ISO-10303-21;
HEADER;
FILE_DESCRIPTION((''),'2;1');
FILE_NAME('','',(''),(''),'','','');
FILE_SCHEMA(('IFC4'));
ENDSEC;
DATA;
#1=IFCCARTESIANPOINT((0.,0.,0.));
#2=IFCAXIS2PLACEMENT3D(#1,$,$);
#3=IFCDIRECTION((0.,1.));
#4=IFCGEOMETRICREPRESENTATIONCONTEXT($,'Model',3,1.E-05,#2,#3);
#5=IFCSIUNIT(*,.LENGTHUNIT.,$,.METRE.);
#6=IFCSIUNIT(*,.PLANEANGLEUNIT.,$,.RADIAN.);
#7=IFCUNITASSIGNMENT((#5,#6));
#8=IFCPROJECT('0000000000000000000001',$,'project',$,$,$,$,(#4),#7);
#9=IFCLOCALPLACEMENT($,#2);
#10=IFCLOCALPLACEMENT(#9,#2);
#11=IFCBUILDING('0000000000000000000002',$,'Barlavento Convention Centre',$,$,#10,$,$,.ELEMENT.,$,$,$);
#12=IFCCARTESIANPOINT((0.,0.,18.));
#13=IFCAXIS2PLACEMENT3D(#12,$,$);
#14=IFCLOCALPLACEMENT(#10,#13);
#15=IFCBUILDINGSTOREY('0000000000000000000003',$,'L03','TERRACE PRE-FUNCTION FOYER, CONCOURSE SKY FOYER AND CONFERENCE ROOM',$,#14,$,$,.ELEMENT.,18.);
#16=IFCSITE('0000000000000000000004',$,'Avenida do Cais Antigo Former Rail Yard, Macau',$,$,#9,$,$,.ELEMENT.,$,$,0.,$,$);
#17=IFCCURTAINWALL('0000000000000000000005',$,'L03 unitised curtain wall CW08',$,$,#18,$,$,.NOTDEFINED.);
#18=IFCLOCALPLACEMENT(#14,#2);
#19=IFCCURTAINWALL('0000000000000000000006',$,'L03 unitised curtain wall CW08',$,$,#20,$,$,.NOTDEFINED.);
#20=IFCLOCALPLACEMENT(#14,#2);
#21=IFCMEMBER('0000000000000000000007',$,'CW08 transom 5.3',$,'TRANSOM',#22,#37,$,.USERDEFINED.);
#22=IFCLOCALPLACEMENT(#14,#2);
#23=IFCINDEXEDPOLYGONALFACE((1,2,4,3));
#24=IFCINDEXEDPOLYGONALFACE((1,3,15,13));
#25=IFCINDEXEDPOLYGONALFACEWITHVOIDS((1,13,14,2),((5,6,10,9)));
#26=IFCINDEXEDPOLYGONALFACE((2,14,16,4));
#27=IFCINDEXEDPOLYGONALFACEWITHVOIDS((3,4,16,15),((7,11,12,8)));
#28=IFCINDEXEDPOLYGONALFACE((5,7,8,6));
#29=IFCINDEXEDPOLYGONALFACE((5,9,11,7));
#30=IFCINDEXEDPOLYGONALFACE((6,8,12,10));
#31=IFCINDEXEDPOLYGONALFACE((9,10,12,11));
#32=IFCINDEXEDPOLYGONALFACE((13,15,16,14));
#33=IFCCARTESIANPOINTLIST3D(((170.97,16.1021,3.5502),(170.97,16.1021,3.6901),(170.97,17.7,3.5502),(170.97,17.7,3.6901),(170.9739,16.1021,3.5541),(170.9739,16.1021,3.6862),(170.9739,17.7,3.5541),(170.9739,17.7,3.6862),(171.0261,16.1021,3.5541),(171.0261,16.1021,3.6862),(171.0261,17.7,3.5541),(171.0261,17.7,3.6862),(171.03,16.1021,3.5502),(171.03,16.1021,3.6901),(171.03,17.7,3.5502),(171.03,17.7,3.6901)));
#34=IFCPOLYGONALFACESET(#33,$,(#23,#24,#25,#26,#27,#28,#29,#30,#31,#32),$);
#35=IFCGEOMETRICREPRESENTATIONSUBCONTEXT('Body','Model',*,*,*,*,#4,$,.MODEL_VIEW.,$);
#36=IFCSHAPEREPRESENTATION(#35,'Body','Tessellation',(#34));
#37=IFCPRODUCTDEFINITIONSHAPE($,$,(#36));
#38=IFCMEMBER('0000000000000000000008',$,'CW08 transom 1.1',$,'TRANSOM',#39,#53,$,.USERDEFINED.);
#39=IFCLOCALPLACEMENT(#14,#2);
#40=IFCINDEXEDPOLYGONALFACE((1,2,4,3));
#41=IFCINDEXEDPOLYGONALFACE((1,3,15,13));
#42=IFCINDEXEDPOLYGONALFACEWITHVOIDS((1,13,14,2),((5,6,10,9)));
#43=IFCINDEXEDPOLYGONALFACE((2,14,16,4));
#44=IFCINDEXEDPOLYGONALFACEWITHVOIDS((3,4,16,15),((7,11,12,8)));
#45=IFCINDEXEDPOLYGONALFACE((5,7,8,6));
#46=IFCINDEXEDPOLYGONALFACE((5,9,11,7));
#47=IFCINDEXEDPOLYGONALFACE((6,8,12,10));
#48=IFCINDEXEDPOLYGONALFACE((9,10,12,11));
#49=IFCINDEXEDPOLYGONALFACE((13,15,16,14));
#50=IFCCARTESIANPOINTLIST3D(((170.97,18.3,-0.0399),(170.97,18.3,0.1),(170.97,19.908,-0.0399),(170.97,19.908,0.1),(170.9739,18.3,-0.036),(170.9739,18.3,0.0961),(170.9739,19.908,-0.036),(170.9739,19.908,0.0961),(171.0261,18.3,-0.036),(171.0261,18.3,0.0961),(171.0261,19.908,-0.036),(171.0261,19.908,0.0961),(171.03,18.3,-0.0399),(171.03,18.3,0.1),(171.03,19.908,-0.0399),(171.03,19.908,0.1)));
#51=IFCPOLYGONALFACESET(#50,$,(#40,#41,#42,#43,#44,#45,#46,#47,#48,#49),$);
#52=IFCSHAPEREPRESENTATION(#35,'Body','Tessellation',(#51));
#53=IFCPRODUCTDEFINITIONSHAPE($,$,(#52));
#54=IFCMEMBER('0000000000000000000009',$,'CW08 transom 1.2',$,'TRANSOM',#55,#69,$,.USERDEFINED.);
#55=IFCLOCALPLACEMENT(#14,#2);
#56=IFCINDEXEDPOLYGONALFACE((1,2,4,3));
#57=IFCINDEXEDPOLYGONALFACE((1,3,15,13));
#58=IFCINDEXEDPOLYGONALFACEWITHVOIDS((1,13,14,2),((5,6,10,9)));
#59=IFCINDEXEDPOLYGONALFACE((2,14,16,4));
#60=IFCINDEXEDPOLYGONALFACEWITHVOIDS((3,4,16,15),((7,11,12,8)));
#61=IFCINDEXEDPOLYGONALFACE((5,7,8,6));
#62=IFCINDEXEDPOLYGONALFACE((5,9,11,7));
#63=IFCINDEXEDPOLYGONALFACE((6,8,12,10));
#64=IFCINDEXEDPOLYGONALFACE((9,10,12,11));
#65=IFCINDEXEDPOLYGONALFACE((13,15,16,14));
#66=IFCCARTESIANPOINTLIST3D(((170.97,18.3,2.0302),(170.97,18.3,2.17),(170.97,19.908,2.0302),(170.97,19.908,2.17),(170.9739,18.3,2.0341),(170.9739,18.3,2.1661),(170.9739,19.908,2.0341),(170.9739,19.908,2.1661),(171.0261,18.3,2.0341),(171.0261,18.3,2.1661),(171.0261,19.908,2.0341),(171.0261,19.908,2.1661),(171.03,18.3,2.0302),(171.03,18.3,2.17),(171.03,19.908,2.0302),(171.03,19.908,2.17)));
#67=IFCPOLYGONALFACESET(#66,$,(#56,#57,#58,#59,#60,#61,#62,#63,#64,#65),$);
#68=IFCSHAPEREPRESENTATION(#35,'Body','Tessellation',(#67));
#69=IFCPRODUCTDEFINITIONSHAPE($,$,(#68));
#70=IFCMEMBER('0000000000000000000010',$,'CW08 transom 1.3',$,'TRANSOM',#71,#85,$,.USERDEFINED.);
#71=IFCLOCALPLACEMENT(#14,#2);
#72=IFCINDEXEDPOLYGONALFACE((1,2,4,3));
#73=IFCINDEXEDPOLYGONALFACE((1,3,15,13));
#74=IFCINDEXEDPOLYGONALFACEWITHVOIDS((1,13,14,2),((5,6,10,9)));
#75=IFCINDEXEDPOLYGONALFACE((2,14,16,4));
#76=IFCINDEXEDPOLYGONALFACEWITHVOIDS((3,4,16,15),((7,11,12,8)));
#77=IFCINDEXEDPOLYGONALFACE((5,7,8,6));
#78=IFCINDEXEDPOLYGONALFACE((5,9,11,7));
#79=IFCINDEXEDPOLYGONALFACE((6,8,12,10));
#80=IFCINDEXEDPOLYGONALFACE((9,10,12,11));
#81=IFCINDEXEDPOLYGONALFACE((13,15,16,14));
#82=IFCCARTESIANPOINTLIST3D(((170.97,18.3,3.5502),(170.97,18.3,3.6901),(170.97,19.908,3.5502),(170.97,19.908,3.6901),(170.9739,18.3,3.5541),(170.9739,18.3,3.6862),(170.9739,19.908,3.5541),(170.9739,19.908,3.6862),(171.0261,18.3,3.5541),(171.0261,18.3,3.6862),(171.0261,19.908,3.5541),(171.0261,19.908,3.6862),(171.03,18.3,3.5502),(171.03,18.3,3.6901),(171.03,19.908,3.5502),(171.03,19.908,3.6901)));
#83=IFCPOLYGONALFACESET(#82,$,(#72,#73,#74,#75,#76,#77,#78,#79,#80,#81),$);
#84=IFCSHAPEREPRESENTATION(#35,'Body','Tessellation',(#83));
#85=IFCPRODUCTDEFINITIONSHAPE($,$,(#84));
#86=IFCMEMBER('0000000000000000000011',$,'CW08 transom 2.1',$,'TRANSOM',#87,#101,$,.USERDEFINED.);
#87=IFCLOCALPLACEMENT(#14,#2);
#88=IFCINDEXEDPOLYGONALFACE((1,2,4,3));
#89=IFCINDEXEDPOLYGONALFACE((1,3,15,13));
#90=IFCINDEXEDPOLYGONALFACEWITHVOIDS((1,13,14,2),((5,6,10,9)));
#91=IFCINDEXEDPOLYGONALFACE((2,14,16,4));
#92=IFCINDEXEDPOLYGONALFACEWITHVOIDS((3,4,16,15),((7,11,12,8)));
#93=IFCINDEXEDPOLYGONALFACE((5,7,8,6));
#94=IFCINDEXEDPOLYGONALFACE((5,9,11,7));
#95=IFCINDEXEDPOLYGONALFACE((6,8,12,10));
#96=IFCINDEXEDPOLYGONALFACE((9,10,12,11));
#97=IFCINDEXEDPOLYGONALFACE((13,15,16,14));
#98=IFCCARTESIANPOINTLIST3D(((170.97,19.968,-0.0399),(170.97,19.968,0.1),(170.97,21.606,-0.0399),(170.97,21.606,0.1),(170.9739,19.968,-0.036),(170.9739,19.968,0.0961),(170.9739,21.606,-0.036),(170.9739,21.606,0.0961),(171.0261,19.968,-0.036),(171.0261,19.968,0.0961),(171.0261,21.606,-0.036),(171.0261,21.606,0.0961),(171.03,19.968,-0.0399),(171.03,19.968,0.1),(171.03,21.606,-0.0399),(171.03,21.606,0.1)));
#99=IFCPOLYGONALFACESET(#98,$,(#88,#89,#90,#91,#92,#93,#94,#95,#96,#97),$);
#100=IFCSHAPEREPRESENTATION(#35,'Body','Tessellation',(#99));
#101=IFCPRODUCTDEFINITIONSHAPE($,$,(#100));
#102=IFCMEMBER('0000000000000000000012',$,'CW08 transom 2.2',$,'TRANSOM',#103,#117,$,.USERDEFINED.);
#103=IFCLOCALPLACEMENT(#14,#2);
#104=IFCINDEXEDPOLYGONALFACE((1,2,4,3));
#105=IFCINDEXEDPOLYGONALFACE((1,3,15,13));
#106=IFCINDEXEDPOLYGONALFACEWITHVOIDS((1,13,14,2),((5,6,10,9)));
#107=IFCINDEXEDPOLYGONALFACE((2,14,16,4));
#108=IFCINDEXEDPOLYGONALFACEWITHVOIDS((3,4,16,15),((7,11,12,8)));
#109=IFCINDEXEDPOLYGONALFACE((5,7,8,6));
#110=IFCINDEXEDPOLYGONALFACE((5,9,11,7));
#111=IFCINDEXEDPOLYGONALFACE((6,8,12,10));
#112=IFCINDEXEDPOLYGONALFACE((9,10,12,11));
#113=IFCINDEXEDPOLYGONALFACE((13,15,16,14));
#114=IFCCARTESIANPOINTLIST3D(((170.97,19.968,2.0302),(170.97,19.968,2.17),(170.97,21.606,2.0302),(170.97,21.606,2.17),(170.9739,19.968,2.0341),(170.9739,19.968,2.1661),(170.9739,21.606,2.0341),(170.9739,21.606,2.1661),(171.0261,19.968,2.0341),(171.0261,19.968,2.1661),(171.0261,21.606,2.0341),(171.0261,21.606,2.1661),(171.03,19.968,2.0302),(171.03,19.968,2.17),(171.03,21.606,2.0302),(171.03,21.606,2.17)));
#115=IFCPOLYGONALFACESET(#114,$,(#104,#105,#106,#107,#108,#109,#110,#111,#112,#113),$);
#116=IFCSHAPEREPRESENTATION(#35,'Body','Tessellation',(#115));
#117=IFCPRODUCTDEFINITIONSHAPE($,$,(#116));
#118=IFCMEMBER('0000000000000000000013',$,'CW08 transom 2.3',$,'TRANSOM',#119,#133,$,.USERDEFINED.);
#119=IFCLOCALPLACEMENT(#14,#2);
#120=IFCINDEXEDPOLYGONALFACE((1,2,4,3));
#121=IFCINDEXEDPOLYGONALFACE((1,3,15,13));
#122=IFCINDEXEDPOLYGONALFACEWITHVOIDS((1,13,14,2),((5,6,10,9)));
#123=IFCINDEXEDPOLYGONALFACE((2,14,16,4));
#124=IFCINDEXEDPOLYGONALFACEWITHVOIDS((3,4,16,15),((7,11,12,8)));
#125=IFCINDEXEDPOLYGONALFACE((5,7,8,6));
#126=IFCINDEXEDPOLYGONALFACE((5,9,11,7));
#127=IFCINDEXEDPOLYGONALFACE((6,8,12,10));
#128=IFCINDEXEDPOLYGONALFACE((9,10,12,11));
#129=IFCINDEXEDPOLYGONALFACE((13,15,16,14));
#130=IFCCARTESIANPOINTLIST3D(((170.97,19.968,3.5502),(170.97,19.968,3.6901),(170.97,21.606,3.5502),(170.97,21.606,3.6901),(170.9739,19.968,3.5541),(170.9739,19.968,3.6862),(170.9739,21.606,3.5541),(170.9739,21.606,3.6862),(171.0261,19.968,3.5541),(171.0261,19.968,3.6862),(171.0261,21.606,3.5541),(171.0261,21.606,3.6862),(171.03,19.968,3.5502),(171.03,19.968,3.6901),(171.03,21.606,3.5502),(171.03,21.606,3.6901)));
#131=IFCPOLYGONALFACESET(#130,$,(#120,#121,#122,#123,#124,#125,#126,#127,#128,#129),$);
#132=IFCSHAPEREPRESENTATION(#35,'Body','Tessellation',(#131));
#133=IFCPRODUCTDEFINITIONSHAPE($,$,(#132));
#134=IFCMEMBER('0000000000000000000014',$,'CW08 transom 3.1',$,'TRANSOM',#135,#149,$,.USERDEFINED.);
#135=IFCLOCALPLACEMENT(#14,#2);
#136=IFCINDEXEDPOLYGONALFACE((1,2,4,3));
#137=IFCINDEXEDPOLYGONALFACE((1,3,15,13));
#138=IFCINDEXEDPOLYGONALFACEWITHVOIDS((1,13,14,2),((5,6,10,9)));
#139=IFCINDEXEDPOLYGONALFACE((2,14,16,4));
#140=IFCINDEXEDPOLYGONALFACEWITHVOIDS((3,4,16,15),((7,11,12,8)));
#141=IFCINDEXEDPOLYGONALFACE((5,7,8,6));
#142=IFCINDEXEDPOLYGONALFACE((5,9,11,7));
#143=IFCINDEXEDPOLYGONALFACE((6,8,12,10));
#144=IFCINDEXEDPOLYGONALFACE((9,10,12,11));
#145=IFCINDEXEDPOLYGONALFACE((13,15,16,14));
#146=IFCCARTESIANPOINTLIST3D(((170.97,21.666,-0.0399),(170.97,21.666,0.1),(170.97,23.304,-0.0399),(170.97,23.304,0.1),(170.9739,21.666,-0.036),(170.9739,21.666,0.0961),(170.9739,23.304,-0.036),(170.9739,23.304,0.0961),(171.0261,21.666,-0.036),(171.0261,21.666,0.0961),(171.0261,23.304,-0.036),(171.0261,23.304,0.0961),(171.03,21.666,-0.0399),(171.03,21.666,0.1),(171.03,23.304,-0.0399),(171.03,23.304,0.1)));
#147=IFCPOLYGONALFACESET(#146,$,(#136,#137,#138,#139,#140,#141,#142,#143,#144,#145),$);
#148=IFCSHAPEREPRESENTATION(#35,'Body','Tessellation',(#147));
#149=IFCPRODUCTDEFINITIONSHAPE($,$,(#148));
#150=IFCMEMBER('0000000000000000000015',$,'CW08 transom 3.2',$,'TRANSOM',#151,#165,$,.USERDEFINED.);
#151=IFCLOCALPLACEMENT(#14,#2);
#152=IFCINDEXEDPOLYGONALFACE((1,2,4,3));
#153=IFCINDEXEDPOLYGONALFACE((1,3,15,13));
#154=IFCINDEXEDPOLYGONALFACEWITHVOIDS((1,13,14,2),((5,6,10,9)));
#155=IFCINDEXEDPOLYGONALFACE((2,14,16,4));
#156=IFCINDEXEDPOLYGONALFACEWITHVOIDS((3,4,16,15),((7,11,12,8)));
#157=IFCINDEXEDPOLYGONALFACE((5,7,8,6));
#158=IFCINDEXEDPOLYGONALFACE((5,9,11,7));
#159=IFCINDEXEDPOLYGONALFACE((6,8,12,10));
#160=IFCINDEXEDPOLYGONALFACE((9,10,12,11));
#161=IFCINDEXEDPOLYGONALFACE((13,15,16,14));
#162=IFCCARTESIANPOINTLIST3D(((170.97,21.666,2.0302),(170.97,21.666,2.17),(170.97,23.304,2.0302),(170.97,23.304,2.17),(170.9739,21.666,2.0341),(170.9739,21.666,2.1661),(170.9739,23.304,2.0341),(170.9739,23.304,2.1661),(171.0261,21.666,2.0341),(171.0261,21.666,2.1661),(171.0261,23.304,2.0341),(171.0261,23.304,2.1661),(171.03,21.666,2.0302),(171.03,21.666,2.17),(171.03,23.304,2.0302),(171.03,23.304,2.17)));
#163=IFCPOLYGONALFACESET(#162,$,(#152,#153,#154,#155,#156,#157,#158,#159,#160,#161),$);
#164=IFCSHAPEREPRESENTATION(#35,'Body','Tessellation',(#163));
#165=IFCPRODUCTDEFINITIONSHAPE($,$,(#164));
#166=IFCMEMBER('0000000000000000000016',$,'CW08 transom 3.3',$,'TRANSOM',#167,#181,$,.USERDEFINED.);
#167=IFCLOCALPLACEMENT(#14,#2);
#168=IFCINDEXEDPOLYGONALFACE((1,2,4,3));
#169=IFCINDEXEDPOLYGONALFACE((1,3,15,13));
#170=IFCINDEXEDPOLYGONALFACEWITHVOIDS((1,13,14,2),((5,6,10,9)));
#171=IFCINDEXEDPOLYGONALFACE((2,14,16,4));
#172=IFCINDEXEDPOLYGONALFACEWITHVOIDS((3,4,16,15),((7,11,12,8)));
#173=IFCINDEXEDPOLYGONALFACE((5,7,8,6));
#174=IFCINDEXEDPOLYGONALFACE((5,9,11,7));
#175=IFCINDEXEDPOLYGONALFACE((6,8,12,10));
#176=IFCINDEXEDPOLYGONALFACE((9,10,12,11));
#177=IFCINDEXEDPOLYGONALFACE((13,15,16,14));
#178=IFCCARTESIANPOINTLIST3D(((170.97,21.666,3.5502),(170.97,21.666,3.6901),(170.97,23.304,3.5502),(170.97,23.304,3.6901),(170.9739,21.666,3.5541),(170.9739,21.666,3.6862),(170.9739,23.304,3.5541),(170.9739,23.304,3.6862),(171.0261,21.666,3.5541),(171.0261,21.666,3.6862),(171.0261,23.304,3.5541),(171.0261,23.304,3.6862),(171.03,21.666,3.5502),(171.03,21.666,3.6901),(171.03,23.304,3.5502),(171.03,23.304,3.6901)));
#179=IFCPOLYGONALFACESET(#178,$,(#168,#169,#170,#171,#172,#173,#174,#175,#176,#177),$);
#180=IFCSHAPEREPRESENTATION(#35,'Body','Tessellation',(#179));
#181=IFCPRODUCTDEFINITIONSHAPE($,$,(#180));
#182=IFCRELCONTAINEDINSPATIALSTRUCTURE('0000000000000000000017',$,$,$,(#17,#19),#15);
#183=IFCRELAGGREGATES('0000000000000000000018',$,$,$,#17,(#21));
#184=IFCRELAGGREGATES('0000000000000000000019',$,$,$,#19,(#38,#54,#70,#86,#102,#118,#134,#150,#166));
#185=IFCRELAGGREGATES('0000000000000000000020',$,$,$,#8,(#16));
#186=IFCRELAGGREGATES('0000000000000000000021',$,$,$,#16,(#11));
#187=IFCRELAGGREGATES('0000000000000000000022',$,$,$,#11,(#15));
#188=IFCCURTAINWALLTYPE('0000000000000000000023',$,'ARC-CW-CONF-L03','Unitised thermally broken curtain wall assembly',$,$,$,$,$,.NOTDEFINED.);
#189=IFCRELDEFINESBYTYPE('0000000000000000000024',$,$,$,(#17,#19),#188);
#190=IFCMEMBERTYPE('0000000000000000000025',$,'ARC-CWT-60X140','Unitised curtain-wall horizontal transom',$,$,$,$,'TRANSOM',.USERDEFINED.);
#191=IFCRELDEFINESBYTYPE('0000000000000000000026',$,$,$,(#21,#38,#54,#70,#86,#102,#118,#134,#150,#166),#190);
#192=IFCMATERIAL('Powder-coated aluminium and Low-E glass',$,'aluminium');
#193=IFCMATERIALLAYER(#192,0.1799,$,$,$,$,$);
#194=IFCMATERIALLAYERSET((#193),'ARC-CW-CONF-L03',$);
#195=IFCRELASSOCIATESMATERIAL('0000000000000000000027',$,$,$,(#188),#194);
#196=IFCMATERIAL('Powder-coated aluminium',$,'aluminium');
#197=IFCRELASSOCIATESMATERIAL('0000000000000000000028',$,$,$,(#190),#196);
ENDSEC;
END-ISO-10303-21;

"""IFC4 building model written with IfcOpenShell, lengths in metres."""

from ifc_helpers import new_model, si_unit, direction, frame, origin, origin_2d, place, context, subcontext, project, spatial, hollow_rectangle, extrude, material, layer, layer_set, material_profile, profile_set, type_object, element, aggregate, save


model = new_model("IFC4")

# Units and contexts
model_context = context("Model", 3, precision=1e-05, world=origin(), true_north=direction((0.0, 1.0)))
body_context = subcontext(model_context, "Body", "Model", "MODEL_VIEW")
ifc_project = project(units=[si_unit("LENGTHUNIT", "METRE"), si_unit("PLANEANGLEUNIT", "RADIAN")], contexts=[model_context])

# Site, building, storey
site_placement = place(None, origin())
site = spatial("IfcSite", under=ifc_project, at=site_placement, Name="Avenida do Cais Antigo Former Rail Yard, Macau", CompositionType="ELEMENT", RefElevation=0.0)
building_placement = place(site_placement, origin())
building = spatial("IfcBuilding", under=site, at=building_placement, Name="Barlavento Convention Centre", CompositionType="ELEMENT")
storey_placement = place(building_placement, frame((0.0, 0.0, 18.0)))
storey = spatial("IfcBuildingStorey", under=building, at=storey_placement, Name="L03", Description="TERRACE PRE-FUNCTION FOYER, CONCOURSE SKY FOYER AND CONFERENCE ROOM", CompositionType="ELEMENT", Elevation=18.0)

# Curtain walls
ifc_material_1 = material(Name="Powder-coated aluminium and Low-E glass", Category="aluminium")
ifc_layer_1 = layer(ifc_material_1, 0.1799)
ifc_layer_set_1 = layer_set([ifc_layer_1], Name="ARC-CW-CONF-L03")
curtain_wall_type = type_object("IfcCurtainWallType", Name="ARC-CW-CONF-L03", Description="Unitised thermally broken curtain wall assembly", PredefinedType="NOTDEFINED", material=ifc_layer_set_1)
curtain_wall_1_placement = place(storey_placement, origin())
curtain_wall_1 = element("IfcCurtainWall", 1, at=curtain_wall_1_placement, inside=storey, type_object=curtain_wall_type, Name="L03 unitised curtain wall CW08", PredefinedType="NOTDEFINED")
ifc_material_2 = material(Name="Powder-coated aluminium", Category="aluminium")
curtain_wall_2_placement = place(storey_placement, origin())
curtain_wall_2 = element("IfcCurtainWall", 2, at=curtain_wall_2_placement, inside=storey, type_object=curtain_wall_type, Name="L03 unitised curtain wall CW08", PredefinedType="NOTDEFINED")

# Members
ifc_material_profile_1 = material_profile(ifc_material_2, hollow_rectangle(XDim=0.0601, YDim=0.1399, WallThickness=0.0039, at=origin_2d()), Name="AL-TRAN 60x140x4")
ifc_profile_set_1 = profile_set([ifc_material_profile_1], Name="Powder-coated aluminium")
member_type_1 = type_object("IfcMemberType", Name="ARC-CWT-60X140", Description="Unitised curtain-wall horizontal transom", ElementType="TRANSOM", PredefinedType="USERDEFINED", material=ifc_profile_set_1)
member_1_placement = place(storey_placement, frame((171.0, 16.1021, 3.6201), z_axis=(0.0, 1.0, 0.0), x_axis=(-1.0, 0.0, 0.0)))
member_1 = element("IfcMember", 3, at=member_1_placement, type_object=member_type_1, Name="CW08 transom 5.3", ObjectType="TRANSOM", PredefinedType="USERDEFINED", context=body_context, shape_type="SweptSolid", body=[
    extrude(hollow_rectangle(XDim=0.0601, YDim=0.1399, WallThickness=0.0039, at=origin_2d()), origin(), (0.0, 0.0, 1.0), 1.5979),
])
member_2_placement = place(storey_placement, frame((171.0, 18.3, 0.03), z_axis=(0.0, 1.0, 0.0), x_axis=(-1.0, 0.0, 0.0)))
member_2 = element("IfcMember", 4, at=member_2_placement, type_object=member_type_1, Name="CW08 transom 1.1", ObjectType="TRANSOM", PredefinedType="USERDEFINED", context=body_context, shape_type="SweptSolid", body=[
    extrude(hollow_rectangle(XDim=0.0601, YDim=0.1399, WallThickness=0.0039, at=origin_2d()), origin(), (0.0, 0.0, 1.0), 1.6079),
])
member_3_placement = place(storey_placement, frame((171.0, 18.3, 2.1001), z_axis=(0.0, 1.0, 0.0), x_axis=(-1.0, 0.0, 0.0)))
member_3 = element("IfcMember", 5, at=member_3_placement, type_object=member_type_1, Name="CW08 transom 1.2", ObjectType="TRANSOM", PredefinedType="USERDEFINED", context=body_context, shape_type="SweptSolid", body=[
    extrude(hollow_rectangle(XDim=0.0601, YDim=0.1399, WallThickness=0.0039, at=origin_2d()), origin(), (0.0, 0.0, 1.0), 1.6079),
])
member_4_placement = place(storey_placement, frame((171.0, 18.3, 3.6201), z_axis=(0.0, 1.0, 0.0), x_axis=(-1.0, 0.0, 0.0)))
member_4 = element("IfcMember", 6, at=member_4_placement, type_object=member_type_1, Name="CW08 transom 1.3", ObjectType="TRANSOM", PredefinedType="USERDEFINED", context=body_context, shape_type="SweptSolid", body=[
    extrude(hollow_rectangle(XDim=0.0601, YDim=0.1399, WallThickness=0.0039, at=origin_2d()), origin(), (0.0, 0.0, 1.0), 1.6079),
])
member_5_placement = place(storey_placement, frame((171.0, 19.968, 0.03), z_axis=(0.0, 1.0, 0.0), x_axis=(-1.0, 0.0, 0.0)))
member_5 = element("IfcMember", 7, at=member_5_placement, type_object=member_type_1, Name="CW08 transom 2.1", ObjectType="TRANSOM", PredefinedType="USERDEFINED", context=body_context, shape_type="SweptSolid", body=[
    extrude(hollow_rectangle(XDim=0.0601, YDim=0.1399, WallThickness=0.0039, at=origin_2d()), origin(), (0.0, 0.0, 1.0), 1.6379),
])
member_6_placement = place(storey_placement, frame((171.0, 19.968, 2.1001), z_axis=(0.0, 1.0, 0.0), x_axis=(-1.0, 0.0, 0.0)))
member_6 = element("IfcMember", 8, at=member_6_placement, type_object=member_type_1, Name="CW08 transom 2.2", ObjectType="TRANSOM", PredefinedType="USERDEFINED", context=body_context, shape_type="SweptSolid", body=[
    extrude(hollow_rectangle(XDim=0.0601, YDim=0.1399, WallThickness=0.0039, at=origin_2d()), origin(), (0.0, 0.0, 1.0), 1.6379),
])
member_7_placement = place(storey_placement, frame((171.0, 19.968, 3.6201), z_axis=(0.0, 1.0, 0.0), x_axis=(-1.0, 0.0, 0.0)))
member_7 = element("IfcMember", 9, at=member_7_placement, type_object=member_type_1, Name="CW08 transom 2.3", ObjectType="TRANSOM", PredefinedType="USERDEFINED", context=body_context, shape_type="SweptSolid", body=[
    extrude(hollow_rectangle(XDim=0.0601, YDim=0.1399, WallThickness=0.0039, at=origin_2d()), origin(), (0.0, 0.0, 1.0), 1.6379),
])
member_8_placement = place(storey_placement, frame((171.0, 21.666, 0.03), z_axis=(0.0, 1.0, 0.0), x_axis=(-1.0, 0.0, 0.0)))
member_8 = element("IfcMember", 10, at=member_8_placement, type_object=member_type_1, Name="CW08 transom 3.1", ObjectType="TRANSOM", PredefinedType="USERDEFINED", context=body_context, shape_type="SweptSolid", body=[
    extrude(hollow_rectangle(XDim=0.0601, YDim=0.1399, WallThickness=0.0039, at=origin_2d()), origin(), (0.0, 0.0, 1.0), 1.6379),
])
member_9_placement = place(storey_placement, frame((171.0, 21.666, 2.1001), z_axis=(0.0, 1.0, 0.0), x_axis=(-1.0, 0.0, 0.0)))
member_9 = element("IfcMember", 11, at=member_9_placement, type_object=member_type_1, Name="CW08 transom 3.2", ObjectType="TRANSOM", PredefinedType="USERDEFINED", context=body_context, shape_type="SweptSolid", body=[
    extrude(hollow_rectangle(XDim=0.0601, YDim=0.1399, WallThickness=0.0039, at=origin_2d()), origin(), (0.0, 0.0, 1.0), 1.6379),
])
member_10_placement = place(storey_placement, frame((171.0, 21.666, 3.6201), z_axis=(0.0, 1.0, 0.0), x_axis=(-1.0, 0.0, 0.0)))
member_10 = element("IfcMember", 12, at=member_10_placement, type_object=member_type_1, Name="CW08 transom 3.3", ObjectType="TRANSOM", PredefinedType="USERDEFINED", context=body_context, shape_type="SweptSolid", body=[
    extrude(hollow_rectangle(XDim=0.0601, YDim=0.1399, WallThickness=0.0039, at=origin_2d()), origin(), (0.0, 0.0, 1.0), 1.6379),
])

aggregate(curtain_wall_1, [member_1])
aggregate(curtain_wall_2, [member_2, member_3, member_4, member_5, member_6, member_7, member_8, member_9, member_10])

save(model, "model.ifc")
